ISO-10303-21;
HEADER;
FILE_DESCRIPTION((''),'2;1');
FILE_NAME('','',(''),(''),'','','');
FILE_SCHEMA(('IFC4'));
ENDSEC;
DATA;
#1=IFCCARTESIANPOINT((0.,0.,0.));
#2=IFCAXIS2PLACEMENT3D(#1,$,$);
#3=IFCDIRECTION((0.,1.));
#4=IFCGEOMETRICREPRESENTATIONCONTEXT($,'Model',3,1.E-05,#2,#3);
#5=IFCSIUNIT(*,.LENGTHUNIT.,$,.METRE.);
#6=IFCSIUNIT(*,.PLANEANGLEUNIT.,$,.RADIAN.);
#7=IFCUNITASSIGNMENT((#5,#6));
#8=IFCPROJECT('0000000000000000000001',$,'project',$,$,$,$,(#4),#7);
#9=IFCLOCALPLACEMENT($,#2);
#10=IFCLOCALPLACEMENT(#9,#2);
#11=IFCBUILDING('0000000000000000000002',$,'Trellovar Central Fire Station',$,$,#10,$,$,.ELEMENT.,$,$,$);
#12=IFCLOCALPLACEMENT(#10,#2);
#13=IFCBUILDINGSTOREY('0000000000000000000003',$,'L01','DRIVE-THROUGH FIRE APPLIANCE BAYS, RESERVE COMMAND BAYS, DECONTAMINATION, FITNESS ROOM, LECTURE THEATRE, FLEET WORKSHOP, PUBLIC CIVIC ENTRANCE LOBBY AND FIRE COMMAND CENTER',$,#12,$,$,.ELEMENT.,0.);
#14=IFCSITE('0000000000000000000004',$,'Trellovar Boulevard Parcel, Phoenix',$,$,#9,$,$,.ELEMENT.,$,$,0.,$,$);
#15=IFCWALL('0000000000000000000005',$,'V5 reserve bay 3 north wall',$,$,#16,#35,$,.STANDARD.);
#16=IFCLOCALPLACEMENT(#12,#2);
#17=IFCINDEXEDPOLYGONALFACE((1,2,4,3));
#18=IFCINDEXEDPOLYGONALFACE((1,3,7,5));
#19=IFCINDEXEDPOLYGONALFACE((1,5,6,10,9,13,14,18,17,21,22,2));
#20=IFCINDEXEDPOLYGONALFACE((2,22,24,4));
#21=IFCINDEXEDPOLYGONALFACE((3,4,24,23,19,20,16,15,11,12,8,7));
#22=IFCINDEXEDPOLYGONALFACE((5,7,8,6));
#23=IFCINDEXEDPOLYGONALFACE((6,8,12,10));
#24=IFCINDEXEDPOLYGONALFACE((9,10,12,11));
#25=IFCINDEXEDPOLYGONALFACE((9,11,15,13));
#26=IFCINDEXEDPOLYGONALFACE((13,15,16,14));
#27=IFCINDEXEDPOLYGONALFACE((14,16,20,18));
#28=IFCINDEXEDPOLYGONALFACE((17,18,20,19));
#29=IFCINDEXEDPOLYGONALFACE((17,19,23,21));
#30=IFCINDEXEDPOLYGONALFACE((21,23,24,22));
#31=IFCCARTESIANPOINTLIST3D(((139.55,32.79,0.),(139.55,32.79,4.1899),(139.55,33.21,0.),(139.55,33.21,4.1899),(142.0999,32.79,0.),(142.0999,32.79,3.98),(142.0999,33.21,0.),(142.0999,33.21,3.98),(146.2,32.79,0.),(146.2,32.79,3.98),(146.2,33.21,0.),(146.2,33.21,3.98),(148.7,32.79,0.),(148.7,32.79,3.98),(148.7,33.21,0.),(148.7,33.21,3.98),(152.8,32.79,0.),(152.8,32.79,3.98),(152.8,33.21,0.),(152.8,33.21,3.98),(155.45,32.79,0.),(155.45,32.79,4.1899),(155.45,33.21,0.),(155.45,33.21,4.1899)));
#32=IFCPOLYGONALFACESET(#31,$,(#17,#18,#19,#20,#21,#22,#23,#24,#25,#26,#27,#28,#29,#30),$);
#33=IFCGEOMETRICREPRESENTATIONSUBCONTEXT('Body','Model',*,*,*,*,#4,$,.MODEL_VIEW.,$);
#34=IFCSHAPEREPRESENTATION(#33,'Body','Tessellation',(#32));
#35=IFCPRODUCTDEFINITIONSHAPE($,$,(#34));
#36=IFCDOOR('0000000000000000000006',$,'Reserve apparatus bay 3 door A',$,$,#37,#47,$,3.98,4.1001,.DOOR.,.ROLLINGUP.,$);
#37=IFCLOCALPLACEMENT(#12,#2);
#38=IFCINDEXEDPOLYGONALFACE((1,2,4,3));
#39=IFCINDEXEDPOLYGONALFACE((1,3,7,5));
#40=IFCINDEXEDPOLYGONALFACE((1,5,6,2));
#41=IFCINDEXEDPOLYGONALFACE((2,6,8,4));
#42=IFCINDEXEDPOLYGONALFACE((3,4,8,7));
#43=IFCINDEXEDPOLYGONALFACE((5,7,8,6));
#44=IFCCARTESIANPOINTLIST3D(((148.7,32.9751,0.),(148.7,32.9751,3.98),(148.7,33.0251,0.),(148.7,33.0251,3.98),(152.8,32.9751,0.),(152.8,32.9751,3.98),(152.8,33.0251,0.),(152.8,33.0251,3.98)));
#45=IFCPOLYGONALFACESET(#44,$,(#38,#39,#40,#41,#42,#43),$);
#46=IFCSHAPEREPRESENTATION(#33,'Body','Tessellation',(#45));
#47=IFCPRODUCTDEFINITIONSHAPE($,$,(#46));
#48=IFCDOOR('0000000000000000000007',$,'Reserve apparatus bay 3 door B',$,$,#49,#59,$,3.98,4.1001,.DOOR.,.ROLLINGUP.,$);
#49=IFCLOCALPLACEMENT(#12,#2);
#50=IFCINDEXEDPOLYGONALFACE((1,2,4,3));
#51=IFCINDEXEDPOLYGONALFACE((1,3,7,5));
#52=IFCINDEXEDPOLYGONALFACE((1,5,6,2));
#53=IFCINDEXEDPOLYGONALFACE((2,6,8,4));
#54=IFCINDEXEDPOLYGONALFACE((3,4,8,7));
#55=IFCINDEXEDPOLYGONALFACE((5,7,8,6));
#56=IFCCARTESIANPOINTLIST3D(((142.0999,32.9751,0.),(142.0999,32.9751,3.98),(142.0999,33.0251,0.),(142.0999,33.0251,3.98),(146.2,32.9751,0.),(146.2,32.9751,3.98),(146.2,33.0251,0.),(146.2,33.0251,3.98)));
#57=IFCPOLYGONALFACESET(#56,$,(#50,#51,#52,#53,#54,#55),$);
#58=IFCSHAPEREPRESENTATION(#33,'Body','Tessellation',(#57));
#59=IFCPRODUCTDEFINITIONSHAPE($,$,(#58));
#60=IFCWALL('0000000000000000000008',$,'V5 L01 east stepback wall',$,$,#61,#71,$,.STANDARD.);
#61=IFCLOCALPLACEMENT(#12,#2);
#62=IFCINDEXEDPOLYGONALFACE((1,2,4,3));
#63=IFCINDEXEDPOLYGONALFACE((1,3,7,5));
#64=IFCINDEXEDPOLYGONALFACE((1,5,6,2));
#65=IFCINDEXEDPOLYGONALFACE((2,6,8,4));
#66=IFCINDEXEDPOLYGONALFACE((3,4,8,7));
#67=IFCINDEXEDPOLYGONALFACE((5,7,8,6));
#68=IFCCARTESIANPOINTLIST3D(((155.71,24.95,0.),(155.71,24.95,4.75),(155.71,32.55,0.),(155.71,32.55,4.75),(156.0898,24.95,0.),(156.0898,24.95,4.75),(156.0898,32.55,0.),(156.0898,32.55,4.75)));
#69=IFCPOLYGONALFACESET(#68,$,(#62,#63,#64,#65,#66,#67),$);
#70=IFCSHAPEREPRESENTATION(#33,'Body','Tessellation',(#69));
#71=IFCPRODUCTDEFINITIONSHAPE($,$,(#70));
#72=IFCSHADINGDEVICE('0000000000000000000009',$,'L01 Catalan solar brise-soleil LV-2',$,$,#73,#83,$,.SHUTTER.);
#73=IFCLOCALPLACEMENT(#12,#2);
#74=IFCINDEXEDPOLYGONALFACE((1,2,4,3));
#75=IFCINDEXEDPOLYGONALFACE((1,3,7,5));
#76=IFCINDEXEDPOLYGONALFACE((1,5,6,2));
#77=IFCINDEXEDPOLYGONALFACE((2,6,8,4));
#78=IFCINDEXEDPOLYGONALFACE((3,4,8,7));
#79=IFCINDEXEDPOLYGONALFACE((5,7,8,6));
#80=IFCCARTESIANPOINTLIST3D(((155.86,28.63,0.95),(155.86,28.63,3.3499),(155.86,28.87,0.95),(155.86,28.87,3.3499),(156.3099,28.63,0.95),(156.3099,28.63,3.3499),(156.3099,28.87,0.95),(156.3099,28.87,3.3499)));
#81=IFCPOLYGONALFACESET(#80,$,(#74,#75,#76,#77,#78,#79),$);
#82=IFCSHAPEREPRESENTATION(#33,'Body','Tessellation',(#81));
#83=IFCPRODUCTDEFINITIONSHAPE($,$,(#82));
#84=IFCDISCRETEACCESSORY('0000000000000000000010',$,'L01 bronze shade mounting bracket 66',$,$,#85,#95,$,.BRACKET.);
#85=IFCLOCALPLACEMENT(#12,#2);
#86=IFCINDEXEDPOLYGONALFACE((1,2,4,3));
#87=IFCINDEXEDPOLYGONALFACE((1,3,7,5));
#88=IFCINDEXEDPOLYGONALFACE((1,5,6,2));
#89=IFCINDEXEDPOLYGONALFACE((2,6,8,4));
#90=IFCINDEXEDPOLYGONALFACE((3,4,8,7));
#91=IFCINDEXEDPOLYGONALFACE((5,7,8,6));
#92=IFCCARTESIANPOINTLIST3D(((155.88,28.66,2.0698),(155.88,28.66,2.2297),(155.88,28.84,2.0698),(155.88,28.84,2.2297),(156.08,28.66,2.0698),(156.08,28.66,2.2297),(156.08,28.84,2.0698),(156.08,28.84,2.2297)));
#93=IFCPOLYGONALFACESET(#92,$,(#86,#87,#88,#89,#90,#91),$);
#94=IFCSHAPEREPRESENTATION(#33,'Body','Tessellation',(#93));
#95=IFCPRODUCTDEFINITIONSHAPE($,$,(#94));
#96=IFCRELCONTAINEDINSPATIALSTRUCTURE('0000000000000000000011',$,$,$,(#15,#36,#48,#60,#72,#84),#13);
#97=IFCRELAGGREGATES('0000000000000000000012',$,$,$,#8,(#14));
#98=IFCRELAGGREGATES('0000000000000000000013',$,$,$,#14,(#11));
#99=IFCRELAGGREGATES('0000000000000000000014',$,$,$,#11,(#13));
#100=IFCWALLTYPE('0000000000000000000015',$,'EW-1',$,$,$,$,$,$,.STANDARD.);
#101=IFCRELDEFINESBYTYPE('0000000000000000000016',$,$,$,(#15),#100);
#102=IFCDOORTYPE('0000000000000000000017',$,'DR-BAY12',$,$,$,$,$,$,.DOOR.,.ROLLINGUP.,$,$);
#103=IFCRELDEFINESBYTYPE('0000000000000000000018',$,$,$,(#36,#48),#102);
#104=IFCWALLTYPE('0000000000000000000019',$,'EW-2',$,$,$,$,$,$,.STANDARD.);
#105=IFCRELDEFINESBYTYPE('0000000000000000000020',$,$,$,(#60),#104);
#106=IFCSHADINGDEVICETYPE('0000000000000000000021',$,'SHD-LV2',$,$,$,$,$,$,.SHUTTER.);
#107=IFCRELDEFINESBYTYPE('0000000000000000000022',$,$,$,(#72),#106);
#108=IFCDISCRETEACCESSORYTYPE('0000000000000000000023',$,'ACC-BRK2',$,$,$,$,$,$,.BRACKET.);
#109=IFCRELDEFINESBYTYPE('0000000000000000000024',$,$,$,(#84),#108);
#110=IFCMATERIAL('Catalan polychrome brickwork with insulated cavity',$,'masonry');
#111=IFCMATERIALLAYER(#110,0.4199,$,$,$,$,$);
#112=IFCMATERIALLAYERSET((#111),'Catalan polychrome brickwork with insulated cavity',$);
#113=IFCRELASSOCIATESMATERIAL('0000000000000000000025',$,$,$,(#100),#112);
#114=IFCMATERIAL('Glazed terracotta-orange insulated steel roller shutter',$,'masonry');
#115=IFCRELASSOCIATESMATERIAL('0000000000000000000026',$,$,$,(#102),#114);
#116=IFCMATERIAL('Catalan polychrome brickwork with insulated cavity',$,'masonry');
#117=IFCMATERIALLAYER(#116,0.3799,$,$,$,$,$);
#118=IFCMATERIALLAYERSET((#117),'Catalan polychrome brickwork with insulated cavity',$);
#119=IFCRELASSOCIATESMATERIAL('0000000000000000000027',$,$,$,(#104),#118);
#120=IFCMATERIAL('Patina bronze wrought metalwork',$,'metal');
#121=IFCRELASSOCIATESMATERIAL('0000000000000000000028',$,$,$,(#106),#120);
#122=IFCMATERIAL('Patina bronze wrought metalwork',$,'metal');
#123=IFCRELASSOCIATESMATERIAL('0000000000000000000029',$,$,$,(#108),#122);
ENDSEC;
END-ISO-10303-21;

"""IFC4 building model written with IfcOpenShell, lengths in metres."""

from ifc_helpers import new_model, si_unit, direction, frame, frame_2d, origin, origin_2d, place, context, subcontext, project, spatial, rectangle, extrude, material, layer, layer_set, type_object, element, fill, save


model = new_model("IFC4")

# Units and contexts
model_context = context("Model", 3, precision=1e-05, world=origin(), true_north=direction((0.0, 1.0)))
body_context = subcontext(model_context, "Body", "Model", "MODEL_VIEW")
ifc_project = project(units=[si_unit("LENGTHUNIT", "METRE"), si_unit("PLANEANGLEUNIT", "RADIAN")], contexts=[model_context])

# Site, building, storey
site_placement = place(None, origin())
site = spatial("IfcSite", under=ifc_project, at=site_placement, Name="Trellovar Boulevard Parcel, Phoenix", CompositionType="ELEMENT", RefElevation=0.0)
building_placement = place(site_placement, origin())
building = spatial("IfcBuilding", under=site, at=building_placement, Name="Trellovar Central Fire Station", CompositionType="ELEMENT")
storey_placement = place(building_placement, origin())
storey = spatial("IfcBuildingStorey", under=building, at=storey_placement, Name="L01", Description="DRIVE-THROUGH FIRE APPLIANCE BAYS, RESERVE COMMAND BAYS, DECONTAMINATION, FITNESS ROOM, LECTURE THEATRE, FLEET WORKSHOP, PUBLIC CIVIC ENTRANCE LOBBY AND FIRE COMMAND CENTER", CompositionType="ELEMENT", Elevation=0.0)

# Wall, openings, doors
ifc_material_1 = material(Name="Catalan polychrome brickwork with insulated cavity", Category="masonry")
ifc_layer_1 = layer(ifc_material_1, 0.4199)
ifc_layer_set_1 = layer_set([ifc_layer_1], Name="Catalan polychrome brickwork with insulated cavity")
wall_type_1 = type_object("IfcWallType", Name="EW-1", PredefinedType="STANDARD", material=ifc_layer_set_1)
wall_1_placement = place(storey_placement, frame((155.45, 33.0, 0.0), z_axis=(0.0, 0.0, 1.0), x_axis=(-1.0, 0.0, 0.0)))
wall_1 = element("IfcWall", 1, at=wall_1_placement, inside=storey, type_object=wall_type_1, Name="V5 reserve bay 3 north wall", PredefinedType="STANDARD", context=body_context, shape_type="SweptSolid", body=[
    extrude(rectangle(XDim=15.8999, YDim=0.4199, at=frame_2d((7.95, 0.0))), origin(), (0.0, 0.0, 1.0), 4.1899),
])
opening_1_placement = place(wall_1_placement, frame((2.6499, 0.0, 0.0)))
opening_1 = element("IfcOpeningElement", 2, at=opening_1_placement, cuts=wall_1, PredefinedType="OPENING", context=body_context, shape_type="SweptSolid", body=[
    extrude(rectangle(XDim=4.1001, YDim=3.98, at=frame_2d((2.05, 1.99))), frame((0.0, 0.22, 0.0), z_axis=(0.0, -1.0, 0.0), x_axis=(1.0, 0.0, 0.0)), (0.0, 0.0, 1.0), 0.4399),
])
opening_2_placement = place(wall_1_placement, frame((9.25, 0.0, 0.0)))
opening_2 = element("IfcOpeningElement", 3, at=opening_2_placement, cuts=wall_1, PredefinedType="OPENING", context=body_context, shape_type="SweptSolid", body=[
    extrude(rectangle(XDim=4.1001, YDim=3.98, at=frame_2d((2.05, 1.99))), frame((0.0, 0.22, 0.0), z_axis=(0.0, -1.0, 0.0), x_axis=(1.0, 0.0, 0.0)), (0.0, 0.0, 1.0), 0.4399),
])
ifc_material_2 = material(Name="Glazed terracotta-orange insulated steel roller shutter", Category="masonry")
door_type = type_object("IfcDoorType", Name="DR-BAY12", OperationType="ROLLINGUP", PredefinedType="DOOR", material=ifc_material_2)
door_1_placement = place(opening_1_placement, origin())
door_1 = element("IfcDoor", 4, at=door_1_placement, inside=storey, type_object=door_type, Name="Reserve apparatus bay 3 door A", OperationType="ROLLINGUP", OverallHeight=3.98, OverallWidth=4.1001, PredefinedType="DOOR", context=body_context, shape_type="SweptSolid", body=[
    extrude(rectangle(XDim=4.1001, YDim=3.98, at=frame_2d((2.05, 1.99))), frame((0.0, 0.0249, 0.0), z_axis=(0.0, -1.0, 0.0), x_axis=(1.0, 0.0, 0.0)), (0.0, 0.0, 1.0), 0.05),
])
fill(opening_1, door_1)
door_2_placement = place(opening_2_placement, origin())
door_2 = element("IfcDoor", 5, at=door_2_placement, inside=storey, type_object=door_type, Name="Reserve apparatus bay 3 door B", OperationType="ROLLINGUP", OverallHeight=3.98, OverallWidth=4.1001, PredefinedType="DOOR", context=body_context, shape_type="SweptSolid", body=[
    extrude(rectangle(XDim=4.1001, YDim=3.98, at=frame_2d((2.05, 1.99))), frame((0.0, 0.0249, 0.0), z_axis=(0.0, -1.0, 0.0), x_axis=(1.0, 0.0, 0.0)), (0.0, 0.0, 1.0), 0.05),
])
fill(opening_2, door_2)

# Wall
ifc_material_3 = material(Name="Catalan polychrome brickwork with insulated cavity", Category="masonry")
ifc_layer_2 = layer(ifc_material_3, 0.3799)
ifc_layer_set_2 = layer_set([ifc_layer_2], Name="Catalan polychrome brickwork with insulated cavity")
wall_type_2 = type_object("IfcWallType", Name="EW-2", PredefinedType="STANDARD", material=ifc_layer_set_2)
wall_2_placement = place(storey_placement, frame((155.8999, 24.95, 0.0), z_axis=(0.0, 0.0, 1.0), x_axis=(0.0, 1.0, 0.0)))
element("IfcWall", 6, at=wall_2_placement, inside=storey, type_object=wall_type_2, Name="V5 L01 east stepback wall", PredefinedType="STANDARD", context=body_context, shape_type="SweptSolid", body=[
    extrude(rectangle(XDim=7.6001, YDim=0.3799, at=frame_2d((3.8, 0.0))), origin(), (0.0, 0.0, 1.0), 4.75),
])

# Shading device
ifc_material_4 = material(Name="Patina bronze wrought metalwork", Category="metal")
shading_device_type = type_object("IfcShadingDeviceType", Name="SHD-LV2", PredefinedType="SHUTTER", material=ifc_material_4)
shading_device_placement = place(storey_placement, frame((156.085, 28.75, 0.95), z_axis=(0.0, 0.0, 1.0), x_axis=(1.0, 0.0, 0.0)))
element("IfcShadingDevice", 7, at=shading_device_placement, inside=storey, type_object=shading_device_type, Name="L01 Catalan solar brise-soleil LV-2", PredefinedType="SHUTTER", context=body_context, shape_type="SweptSolid", body=[
    extrude(rectangle(XDim=0.45, YDim=0.24, at=origin_2d()), origin(), (0.0, 0.0, 1.0), 2.3999),
])

# Discrete accessory
ifc_material_5 = material(Name="Patina bronze wrought metalwork", Category="metal")
discrete_accessory_type = type_object("IfcDiscreteAccessoryType", Name="ACC-BRK2", PredefinedType="BRACKET", material=ifc_material_5)
discrete_accessory_placement = place(storey_placement, frame((155.98, 28.75, 2.0698), z_axis=(0.0, 0.0, 1.0), x_axis=(1.0, 0.0, 0.0)))
element("IfcDiscreteAccessory", 8, at=discrete_accessory_placement, inside=storey, type_object=discrete_accessory_type, Name="L01 bronze shade mounting bracket 66", PredefinedType="BRACKET", context=body_context, shape_type="SweptSolid", body=[
    extrude(rectangle(XDim=0.2, YDim=0.1799, at=origin_2d()), origin(), (0.0, 0.0, 1.0), 0.1599),
])

save(model, "model.ifc")
